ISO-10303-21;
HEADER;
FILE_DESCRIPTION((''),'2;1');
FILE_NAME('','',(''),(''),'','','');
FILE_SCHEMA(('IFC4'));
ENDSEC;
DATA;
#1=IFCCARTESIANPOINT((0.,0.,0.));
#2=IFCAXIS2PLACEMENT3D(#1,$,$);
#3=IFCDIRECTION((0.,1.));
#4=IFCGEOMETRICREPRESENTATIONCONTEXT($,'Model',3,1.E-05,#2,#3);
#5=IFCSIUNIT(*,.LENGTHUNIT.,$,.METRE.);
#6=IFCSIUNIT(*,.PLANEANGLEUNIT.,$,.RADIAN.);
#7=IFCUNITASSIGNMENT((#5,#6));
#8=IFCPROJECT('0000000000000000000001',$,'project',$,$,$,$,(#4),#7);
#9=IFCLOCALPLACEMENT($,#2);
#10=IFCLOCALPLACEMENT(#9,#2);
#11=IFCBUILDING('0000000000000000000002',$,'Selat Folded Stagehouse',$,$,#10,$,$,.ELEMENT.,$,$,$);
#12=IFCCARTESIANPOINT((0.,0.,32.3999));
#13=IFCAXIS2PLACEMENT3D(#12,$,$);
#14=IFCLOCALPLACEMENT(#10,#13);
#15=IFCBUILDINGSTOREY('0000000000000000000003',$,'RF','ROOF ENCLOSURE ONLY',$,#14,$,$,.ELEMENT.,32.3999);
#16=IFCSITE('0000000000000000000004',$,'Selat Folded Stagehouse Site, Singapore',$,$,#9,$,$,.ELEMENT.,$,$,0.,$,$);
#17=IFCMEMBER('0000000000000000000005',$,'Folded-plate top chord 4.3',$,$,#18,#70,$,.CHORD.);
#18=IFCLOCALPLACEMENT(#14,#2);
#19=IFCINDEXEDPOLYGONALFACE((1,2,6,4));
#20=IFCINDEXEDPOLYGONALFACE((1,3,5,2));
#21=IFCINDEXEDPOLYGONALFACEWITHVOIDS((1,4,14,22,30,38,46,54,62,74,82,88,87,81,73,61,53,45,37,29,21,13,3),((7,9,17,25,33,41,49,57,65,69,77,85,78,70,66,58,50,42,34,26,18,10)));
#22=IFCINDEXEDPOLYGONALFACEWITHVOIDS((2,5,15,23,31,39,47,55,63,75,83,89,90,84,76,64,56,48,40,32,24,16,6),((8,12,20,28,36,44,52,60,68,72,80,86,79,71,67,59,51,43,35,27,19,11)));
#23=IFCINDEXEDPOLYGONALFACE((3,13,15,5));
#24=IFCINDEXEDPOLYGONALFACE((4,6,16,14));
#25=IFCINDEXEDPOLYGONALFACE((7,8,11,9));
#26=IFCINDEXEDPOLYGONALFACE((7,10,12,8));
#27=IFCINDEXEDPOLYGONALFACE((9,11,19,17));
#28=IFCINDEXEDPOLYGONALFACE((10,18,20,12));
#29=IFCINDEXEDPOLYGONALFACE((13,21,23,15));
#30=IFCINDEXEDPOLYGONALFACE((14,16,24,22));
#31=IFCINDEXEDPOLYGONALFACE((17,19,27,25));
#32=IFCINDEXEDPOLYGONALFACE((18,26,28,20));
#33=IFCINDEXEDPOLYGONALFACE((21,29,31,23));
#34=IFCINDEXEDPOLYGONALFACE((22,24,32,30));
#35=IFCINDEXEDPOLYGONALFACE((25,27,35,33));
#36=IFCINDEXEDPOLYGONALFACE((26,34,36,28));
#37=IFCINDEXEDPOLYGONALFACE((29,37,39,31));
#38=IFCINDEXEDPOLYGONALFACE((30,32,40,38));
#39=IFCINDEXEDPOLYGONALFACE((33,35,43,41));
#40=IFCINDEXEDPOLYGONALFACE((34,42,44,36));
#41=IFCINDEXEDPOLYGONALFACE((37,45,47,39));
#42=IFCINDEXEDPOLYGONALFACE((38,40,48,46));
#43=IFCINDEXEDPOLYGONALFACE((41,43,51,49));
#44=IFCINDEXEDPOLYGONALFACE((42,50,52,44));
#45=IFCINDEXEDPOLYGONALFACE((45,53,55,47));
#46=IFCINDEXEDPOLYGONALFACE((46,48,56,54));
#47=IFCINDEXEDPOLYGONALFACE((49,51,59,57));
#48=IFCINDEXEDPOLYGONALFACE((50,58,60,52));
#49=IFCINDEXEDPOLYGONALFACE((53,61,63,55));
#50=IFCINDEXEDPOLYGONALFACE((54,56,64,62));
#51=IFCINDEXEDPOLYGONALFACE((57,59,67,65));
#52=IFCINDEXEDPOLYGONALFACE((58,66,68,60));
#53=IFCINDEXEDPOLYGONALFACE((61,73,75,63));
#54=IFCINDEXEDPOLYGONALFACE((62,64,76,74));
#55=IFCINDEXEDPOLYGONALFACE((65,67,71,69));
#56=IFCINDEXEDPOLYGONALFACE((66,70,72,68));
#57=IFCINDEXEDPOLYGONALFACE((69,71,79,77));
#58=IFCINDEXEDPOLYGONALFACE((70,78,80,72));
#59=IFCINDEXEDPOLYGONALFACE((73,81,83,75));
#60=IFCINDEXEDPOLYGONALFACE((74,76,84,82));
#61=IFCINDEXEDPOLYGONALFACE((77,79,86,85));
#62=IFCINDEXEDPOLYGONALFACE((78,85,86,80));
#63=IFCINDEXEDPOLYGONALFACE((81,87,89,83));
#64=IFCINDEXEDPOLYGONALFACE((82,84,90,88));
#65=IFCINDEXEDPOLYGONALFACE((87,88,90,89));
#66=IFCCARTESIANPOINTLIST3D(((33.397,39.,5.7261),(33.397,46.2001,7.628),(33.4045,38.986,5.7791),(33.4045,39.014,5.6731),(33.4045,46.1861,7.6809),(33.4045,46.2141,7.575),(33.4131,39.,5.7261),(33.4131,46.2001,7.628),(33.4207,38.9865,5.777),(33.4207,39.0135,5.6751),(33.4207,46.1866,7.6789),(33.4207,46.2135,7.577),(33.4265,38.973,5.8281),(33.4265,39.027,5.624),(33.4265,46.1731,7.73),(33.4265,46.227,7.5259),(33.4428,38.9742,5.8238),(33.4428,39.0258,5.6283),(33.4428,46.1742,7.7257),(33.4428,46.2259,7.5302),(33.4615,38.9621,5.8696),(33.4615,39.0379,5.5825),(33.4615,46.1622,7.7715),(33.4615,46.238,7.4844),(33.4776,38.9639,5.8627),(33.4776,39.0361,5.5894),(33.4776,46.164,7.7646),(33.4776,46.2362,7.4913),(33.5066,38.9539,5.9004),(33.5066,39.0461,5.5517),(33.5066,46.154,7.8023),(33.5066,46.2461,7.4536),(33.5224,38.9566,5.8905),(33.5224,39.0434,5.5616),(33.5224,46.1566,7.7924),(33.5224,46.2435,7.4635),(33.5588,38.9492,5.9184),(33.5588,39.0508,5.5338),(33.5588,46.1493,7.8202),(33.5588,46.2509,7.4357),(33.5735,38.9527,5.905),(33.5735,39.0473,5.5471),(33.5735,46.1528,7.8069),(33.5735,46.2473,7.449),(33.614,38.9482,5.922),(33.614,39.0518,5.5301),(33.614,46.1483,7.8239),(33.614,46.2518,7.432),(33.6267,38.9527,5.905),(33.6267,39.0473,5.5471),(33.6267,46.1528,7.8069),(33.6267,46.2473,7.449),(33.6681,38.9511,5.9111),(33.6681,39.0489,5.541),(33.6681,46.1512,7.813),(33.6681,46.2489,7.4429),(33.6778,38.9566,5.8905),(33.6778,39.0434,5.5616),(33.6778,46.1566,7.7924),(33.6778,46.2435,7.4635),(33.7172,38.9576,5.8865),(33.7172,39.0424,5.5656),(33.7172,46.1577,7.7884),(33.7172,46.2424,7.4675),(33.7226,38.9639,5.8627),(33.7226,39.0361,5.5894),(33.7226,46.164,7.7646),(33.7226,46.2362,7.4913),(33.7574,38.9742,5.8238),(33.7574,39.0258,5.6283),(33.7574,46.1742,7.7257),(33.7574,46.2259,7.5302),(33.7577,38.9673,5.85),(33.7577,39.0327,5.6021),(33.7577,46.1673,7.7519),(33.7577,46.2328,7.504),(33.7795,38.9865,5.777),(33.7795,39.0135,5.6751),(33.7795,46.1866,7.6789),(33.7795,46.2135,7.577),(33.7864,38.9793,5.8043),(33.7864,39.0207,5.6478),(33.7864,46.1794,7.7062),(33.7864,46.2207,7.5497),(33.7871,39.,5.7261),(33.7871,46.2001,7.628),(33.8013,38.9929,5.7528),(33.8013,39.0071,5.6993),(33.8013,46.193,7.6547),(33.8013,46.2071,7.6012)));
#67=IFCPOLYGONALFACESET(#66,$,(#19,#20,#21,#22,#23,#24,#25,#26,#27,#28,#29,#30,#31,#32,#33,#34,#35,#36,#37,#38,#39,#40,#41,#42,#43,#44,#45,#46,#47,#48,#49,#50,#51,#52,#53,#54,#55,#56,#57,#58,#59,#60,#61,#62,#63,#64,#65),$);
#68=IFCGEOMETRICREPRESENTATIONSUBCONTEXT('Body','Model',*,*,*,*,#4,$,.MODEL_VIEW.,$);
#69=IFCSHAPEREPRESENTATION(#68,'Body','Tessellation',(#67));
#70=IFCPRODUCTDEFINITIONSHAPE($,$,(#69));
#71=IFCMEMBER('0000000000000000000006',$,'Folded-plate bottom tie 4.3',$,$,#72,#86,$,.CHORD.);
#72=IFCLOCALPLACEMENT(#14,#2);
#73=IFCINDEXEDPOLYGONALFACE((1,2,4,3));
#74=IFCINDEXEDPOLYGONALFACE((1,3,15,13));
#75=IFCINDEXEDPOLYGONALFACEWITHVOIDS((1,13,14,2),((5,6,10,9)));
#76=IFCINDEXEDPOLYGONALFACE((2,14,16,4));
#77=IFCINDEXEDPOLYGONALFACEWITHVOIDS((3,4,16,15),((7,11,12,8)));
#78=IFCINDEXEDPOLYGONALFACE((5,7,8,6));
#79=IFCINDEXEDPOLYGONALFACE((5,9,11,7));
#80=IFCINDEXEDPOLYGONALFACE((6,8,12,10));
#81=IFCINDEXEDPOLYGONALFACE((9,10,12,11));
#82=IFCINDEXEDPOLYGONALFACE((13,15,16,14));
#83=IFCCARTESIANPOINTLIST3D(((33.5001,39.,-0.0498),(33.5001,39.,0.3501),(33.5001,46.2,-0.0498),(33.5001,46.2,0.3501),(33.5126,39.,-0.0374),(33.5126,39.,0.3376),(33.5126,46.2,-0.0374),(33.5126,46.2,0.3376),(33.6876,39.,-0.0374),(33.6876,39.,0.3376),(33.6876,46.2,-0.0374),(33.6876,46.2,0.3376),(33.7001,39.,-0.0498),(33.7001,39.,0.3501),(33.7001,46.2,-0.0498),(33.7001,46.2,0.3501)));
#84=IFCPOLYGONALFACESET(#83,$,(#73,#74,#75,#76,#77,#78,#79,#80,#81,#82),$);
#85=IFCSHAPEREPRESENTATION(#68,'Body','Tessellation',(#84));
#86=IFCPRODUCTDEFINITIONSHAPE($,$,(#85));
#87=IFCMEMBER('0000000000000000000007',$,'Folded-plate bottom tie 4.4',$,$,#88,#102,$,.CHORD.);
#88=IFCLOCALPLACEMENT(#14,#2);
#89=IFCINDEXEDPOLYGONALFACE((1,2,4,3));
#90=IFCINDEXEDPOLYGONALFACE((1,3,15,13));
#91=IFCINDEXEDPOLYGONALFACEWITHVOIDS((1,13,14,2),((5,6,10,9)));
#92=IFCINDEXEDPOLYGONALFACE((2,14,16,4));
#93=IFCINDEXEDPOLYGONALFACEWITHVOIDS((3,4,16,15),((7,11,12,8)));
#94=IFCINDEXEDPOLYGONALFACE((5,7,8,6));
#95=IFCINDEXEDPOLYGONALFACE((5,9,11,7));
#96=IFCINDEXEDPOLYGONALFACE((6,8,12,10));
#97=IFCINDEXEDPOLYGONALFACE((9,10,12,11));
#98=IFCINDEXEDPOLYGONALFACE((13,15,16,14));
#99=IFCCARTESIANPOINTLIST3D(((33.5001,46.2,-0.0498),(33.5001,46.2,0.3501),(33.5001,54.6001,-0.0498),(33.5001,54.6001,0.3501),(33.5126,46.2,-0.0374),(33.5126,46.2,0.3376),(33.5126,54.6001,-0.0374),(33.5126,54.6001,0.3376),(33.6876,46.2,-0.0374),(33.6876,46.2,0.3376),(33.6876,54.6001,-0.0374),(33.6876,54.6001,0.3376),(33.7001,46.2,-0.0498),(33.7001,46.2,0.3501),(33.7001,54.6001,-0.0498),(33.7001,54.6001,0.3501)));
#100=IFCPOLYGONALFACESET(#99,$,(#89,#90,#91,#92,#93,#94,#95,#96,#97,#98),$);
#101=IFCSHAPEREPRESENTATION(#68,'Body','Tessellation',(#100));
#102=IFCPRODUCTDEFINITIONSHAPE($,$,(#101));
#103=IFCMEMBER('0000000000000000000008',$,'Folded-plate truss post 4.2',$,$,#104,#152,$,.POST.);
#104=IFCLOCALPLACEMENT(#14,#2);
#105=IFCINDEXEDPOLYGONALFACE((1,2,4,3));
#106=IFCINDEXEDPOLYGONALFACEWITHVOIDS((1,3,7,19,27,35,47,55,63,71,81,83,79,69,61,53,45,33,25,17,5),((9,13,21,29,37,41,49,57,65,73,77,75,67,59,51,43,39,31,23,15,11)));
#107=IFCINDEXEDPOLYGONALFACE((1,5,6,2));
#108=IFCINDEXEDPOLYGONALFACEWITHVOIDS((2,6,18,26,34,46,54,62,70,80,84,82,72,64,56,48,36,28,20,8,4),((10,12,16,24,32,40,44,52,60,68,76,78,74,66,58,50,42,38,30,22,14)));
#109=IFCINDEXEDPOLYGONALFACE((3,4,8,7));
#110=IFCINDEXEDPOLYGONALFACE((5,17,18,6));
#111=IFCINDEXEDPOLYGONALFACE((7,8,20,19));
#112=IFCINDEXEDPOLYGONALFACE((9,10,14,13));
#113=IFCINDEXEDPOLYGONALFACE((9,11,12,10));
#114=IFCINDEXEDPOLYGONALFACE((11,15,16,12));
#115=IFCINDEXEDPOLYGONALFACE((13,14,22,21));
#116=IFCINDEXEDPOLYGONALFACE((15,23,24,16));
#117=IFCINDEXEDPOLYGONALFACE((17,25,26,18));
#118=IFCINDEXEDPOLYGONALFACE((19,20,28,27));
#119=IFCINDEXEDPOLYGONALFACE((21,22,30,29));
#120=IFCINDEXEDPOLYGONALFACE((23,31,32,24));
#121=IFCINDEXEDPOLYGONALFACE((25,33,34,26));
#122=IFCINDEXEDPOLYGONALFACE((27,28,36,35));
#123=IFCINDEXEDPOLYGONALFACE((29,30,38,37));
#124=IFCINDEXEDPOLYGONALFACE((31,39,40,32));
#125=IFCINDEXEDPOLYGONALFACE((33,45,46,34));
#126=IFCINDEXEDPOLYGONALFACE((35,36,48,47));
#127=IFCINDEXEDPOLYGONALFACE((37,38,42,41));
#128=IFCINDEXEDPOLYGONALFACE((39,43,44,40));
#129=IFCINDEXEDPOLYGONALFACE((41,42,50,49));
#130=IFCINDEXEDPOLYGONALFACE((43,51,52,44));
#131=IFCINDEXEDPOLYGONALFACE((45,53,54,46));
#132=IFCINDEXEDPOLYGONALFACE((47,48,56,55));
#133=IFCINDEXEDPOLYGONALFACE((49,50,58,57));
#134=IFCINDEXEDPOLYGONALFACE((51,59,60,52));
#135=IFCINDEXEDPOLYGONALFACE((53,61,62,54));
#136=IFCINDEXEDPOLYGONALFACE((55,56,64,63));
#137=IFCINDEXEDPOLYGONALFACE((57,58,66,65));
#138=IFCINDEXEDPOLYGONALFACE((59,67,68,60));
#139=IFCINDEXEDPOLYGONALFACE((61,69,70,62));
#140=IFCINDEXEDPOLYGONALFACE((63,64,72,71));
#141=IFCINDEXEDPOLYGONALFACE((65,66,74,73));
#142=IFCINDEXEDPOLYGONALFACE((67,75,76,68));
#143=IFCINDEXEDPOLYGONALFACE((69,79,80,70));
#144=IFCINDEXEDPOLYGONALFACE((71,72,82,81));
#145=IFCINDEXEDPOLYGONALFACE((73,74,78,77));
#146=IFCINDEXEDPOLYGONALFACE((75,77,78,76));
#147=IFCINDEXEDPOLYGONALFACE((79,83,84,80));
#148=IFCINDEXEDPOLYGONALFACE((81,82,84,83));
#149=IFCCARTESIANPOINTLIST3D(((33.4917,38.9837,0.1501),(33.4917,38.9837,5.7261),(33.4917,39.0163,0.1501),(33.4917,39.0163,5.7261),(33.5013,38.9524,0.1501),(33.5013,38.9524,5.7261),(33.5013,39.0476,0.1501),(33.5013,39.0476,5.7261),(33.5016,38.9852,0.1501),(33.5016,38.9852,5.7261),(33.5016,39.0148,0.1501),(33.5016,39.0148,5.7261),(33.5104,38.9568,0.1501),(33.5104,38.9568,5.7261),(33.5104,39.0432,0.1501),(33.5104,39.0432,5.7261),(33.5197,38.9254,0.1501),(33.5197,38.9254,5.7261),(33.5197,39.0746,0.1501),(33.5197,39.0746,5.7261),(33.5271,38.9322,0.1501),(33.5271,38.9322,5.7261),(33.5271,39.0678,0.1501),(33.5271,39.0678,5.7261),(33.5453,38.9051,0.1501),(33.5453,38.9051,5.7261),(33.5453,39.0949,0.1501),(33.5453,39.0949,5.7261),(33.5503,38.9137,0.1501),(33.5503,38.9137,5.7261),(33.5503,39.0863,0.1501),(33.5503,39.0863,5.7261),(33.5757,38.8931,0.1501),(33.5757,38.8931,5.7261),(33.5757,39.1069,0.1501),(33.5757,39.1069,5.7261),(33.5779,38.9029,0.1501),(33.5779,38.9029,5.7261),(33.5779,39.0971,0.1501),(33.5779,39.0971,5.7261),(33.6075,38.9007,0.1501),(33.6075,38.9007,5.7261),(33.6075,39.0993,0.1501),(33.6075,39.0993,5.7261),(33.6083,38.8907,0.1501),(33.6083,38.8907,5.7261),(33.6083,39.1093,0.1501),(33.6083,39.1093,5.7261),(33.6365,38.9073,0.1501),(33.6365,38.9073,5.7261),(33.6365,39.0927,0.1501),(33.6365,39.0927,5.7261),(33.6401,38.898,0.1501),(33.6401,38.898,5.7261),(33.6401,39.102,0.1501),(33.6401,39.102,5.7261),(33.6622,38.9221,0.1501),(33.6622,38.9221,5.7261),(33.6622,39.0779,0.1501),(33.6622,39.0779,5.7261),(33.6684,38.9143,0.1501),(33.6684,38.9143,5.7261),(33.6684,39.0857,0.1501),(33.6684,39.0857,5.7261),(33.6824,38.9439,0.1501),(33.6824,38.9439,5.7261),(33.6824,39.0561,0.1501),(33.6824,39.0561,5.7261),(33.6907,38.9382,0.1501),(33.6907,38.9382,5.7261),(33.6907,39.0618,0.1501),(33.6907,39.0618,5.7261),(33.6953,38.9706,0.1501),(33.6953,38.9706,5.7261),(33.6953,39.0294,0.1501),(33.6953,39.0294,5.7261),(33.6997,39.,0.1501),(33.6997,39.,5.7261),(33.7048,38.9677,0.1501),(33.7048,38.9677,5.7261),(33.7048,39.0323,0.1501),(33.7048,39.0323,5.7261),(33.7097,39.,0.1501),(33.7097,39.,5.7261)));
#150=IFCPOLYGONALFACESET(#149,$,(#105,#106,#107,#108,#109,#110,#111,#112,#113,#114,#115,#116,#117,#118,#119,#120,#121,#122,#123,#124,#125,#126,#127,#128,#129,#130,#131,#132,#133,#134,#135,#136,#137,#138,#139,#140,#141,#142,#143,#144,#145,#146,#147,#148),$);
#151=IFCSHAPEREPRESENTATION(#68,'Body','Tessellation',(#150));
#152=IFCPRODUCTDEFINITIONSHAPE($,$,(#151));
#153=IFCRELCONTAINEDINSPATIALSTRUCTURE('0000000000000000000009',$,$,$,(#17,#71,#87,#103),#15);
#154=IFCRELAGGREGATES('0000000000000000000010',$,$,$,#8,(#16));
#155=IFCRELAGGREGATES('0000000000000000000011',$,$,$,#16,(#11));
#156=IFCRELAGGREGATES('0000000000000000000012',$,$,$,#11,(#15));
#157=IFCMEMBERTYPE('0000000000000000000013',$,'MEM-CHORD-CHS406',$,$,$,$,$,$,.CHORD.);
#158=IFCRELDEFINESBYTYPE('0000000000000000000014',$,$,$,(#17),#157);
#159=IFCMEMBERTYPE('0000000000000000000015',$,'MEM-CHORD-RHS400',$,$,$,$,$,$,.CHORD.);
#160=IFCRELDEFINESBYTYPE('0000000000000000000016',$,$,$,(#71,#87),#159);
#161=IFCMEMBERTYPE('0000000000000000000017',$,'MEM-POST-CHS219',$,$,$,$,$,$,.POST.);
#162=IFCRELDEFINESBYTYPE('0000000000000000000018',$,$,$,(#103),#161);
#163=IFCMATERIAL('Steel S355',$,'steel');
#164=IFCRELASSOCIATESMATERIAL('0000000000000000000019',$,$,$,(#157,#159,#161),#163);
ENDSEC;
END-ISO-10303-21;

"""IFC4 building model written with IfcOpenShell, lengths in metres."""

from ifc_helpers import new_model, si_unit, direction, frame, origin, origin_2d, place, context, subcontext, project, spatial, hollow_rectangle, hollow_circle, extrude, material, material_profile, profile_set, type_object, element, save


model = new_model("IFC4")

# Units and contexts
model_context = context("Model", 3, precision=1e-05, world=origin(), true_north=direction((0.0, 1.0)))
body_context = subcontext(model_context, "Body", "Model", "MODEL_VIEW")
ifc_project = project(units=[si_unit("LENGTHUNIT", "METRE"), si_unit("PLANEANGLEUNIT", "RADIAN")], contexts=[model_context])

# Site, building, storey
site_placement = place(None, origin())
site = spatial("IfcSite", under=ifc_project, at=site_placement, Name="Selat Folded Stagehouse Site, Singapore", CompositionType="ELEMENT", RefElevation=0.0)
building_placement = place(site_placement, origin())
building = spatial("IfcBuilding", under=site, at=building_placement, Name="Selat Folded Stagehouse", CompositionType="ELEMENT")
storey_placement = place(building_placement, frame((0.0, 0.0, 32.3999)))
storey = spatial("IfcBuildingStorey", under=building, at=storey_placement, Name="RF", Description="ROOF ENCLOSURE ONLY", CompositionType="ELEMENT", Elevation=32.3999)

# Shared definitions
ifc_material_1 = material(Name="Steel S355", Category="steel")

# Members
ifc_material_profile_1 = material_profile(ifc_material_1, hollow_circle(Radius=0.2031, WallThickness=0.0161, at=origin_2d()), Name="CHS 406.4x16.0")
ifc_profile_set_1 = profile_set([ifc_material_profile_1], Name="Steel S355")
member_type_1 = type_object("IfcMemberType", Name="MEM-CHORD-CHS406", PredefinedType="CHORD", material=ifc_profile_set_1)
member_1_placement = place(storey_placement, frame((33.6001, 39.0, 5.7261), z_axis=(0.0, 0.966838, 0.255389), x_axis=(-1.0, 0.0, 0.0)))
element("IfcMember", 1, at=member_1_placement, inside=storey, type_object=member_type_1, Name="Folded-plate top chord 4.3", PredefinedType="CHORD", context=body_context, shape_type="SweptSolid", body=[
    extrude(hollow_circle(Radius=0.2031, WallThickness=0.0161, at=origin_2d()), origin(), (0.0, 0.0, 1.0), 7.447),
])
ifc_material_profile_2 = material_profile(ifc_material_1, hollow_rectangle(XDim=0.2, YDim=0.3999, WallThickness=0.0125, at=origin_2d()), Name="RHS 400x200x12.5")
ifc_profile_set_2 = profile_set([ifc_material_profile_2], Name="Steel S355")
member_type_2 = type_object("IfcMemberType", Name="MEM-CHORD-RHS400", PredefinedType="CHORD", material=ifc_profile_set_2)
member_2_placement = place(storey_placement, frame((33.6001, 39.0, 0.1501), z_axis=(0.0, 1.0, 0.0), x_axis=(-1.0, 0.0, 0.0)))
element("IfcMember", 2, at=member_2_placement, inside=storey, type_object=member_type_2, Name="Folded-plate bottom tie 4.3", PredefinedType="CHORD", context=body_context, shape_type="SweptSolid", body=[
    extrude(hollow_rectangle(XDim=0.2, YDim=0.3999, WallThickness=0.0125, at=origin_2d()), origin(), (0.0, 0.0, 1.0), 7.2),
])
member_3_placement = place(storey_placement, frame((33.6001, 46.2, 0.1501), z_axis=(0.0, 1.0, 0.0), x_axis=(-1.0, 0.0, 0.0)))
element("IfcMember", 3, at=member_3_placement, inside=storey, type_object=member_type_2, Name="Folded-plate bottom tie 4.4", PredefinedType="CHORD", context=body_context, shape_type="SweptSolid", body=[
    extrude(hollow_rectangle(XDim=0.2, YDim=0.3999, WallThickness=0.0125, at=origin_2d()), origin(), (0.0, 0.0, 1.0), 8.4001),
])
ifc_material_profile_3 = material_profile(ifc_material_1, hollow_circle(Radius=0.1096, WallThickness=0.01, at=origin_2d()), Name="CHS 219.1x10.0")
ifc_profile_set_3 = profile_set([ifc_material_profile_3], Name="Steel S355")
member_type_3 = type_object("IfcMemberType", Name="MEM-POST-CHS219", PredefinedType="POST", material=ifc_profile_set_3)
member_4_placement = place(storey_placement, frame((33.6001, 39.0, 0.1501), z_axis=(0.0, 0.0, 1.0), x_axis=(1.0, 0.0, 0.0)))
element("IfcMember", 4, at=member_4_placement, inside=storey, type_object=member_type_3, Name="Folded-plate truss post 4.2", PredefinedType="POST", context=body_context, shape_type="SweptSolid", body=[
    extrude(hollow_circle(Radius=0.1096, WallThickness=0.01, at=origin_2d()), origin(), (0.0, 0.0, 1.0), 5.5759),
])

save(model, "model.ifc")
